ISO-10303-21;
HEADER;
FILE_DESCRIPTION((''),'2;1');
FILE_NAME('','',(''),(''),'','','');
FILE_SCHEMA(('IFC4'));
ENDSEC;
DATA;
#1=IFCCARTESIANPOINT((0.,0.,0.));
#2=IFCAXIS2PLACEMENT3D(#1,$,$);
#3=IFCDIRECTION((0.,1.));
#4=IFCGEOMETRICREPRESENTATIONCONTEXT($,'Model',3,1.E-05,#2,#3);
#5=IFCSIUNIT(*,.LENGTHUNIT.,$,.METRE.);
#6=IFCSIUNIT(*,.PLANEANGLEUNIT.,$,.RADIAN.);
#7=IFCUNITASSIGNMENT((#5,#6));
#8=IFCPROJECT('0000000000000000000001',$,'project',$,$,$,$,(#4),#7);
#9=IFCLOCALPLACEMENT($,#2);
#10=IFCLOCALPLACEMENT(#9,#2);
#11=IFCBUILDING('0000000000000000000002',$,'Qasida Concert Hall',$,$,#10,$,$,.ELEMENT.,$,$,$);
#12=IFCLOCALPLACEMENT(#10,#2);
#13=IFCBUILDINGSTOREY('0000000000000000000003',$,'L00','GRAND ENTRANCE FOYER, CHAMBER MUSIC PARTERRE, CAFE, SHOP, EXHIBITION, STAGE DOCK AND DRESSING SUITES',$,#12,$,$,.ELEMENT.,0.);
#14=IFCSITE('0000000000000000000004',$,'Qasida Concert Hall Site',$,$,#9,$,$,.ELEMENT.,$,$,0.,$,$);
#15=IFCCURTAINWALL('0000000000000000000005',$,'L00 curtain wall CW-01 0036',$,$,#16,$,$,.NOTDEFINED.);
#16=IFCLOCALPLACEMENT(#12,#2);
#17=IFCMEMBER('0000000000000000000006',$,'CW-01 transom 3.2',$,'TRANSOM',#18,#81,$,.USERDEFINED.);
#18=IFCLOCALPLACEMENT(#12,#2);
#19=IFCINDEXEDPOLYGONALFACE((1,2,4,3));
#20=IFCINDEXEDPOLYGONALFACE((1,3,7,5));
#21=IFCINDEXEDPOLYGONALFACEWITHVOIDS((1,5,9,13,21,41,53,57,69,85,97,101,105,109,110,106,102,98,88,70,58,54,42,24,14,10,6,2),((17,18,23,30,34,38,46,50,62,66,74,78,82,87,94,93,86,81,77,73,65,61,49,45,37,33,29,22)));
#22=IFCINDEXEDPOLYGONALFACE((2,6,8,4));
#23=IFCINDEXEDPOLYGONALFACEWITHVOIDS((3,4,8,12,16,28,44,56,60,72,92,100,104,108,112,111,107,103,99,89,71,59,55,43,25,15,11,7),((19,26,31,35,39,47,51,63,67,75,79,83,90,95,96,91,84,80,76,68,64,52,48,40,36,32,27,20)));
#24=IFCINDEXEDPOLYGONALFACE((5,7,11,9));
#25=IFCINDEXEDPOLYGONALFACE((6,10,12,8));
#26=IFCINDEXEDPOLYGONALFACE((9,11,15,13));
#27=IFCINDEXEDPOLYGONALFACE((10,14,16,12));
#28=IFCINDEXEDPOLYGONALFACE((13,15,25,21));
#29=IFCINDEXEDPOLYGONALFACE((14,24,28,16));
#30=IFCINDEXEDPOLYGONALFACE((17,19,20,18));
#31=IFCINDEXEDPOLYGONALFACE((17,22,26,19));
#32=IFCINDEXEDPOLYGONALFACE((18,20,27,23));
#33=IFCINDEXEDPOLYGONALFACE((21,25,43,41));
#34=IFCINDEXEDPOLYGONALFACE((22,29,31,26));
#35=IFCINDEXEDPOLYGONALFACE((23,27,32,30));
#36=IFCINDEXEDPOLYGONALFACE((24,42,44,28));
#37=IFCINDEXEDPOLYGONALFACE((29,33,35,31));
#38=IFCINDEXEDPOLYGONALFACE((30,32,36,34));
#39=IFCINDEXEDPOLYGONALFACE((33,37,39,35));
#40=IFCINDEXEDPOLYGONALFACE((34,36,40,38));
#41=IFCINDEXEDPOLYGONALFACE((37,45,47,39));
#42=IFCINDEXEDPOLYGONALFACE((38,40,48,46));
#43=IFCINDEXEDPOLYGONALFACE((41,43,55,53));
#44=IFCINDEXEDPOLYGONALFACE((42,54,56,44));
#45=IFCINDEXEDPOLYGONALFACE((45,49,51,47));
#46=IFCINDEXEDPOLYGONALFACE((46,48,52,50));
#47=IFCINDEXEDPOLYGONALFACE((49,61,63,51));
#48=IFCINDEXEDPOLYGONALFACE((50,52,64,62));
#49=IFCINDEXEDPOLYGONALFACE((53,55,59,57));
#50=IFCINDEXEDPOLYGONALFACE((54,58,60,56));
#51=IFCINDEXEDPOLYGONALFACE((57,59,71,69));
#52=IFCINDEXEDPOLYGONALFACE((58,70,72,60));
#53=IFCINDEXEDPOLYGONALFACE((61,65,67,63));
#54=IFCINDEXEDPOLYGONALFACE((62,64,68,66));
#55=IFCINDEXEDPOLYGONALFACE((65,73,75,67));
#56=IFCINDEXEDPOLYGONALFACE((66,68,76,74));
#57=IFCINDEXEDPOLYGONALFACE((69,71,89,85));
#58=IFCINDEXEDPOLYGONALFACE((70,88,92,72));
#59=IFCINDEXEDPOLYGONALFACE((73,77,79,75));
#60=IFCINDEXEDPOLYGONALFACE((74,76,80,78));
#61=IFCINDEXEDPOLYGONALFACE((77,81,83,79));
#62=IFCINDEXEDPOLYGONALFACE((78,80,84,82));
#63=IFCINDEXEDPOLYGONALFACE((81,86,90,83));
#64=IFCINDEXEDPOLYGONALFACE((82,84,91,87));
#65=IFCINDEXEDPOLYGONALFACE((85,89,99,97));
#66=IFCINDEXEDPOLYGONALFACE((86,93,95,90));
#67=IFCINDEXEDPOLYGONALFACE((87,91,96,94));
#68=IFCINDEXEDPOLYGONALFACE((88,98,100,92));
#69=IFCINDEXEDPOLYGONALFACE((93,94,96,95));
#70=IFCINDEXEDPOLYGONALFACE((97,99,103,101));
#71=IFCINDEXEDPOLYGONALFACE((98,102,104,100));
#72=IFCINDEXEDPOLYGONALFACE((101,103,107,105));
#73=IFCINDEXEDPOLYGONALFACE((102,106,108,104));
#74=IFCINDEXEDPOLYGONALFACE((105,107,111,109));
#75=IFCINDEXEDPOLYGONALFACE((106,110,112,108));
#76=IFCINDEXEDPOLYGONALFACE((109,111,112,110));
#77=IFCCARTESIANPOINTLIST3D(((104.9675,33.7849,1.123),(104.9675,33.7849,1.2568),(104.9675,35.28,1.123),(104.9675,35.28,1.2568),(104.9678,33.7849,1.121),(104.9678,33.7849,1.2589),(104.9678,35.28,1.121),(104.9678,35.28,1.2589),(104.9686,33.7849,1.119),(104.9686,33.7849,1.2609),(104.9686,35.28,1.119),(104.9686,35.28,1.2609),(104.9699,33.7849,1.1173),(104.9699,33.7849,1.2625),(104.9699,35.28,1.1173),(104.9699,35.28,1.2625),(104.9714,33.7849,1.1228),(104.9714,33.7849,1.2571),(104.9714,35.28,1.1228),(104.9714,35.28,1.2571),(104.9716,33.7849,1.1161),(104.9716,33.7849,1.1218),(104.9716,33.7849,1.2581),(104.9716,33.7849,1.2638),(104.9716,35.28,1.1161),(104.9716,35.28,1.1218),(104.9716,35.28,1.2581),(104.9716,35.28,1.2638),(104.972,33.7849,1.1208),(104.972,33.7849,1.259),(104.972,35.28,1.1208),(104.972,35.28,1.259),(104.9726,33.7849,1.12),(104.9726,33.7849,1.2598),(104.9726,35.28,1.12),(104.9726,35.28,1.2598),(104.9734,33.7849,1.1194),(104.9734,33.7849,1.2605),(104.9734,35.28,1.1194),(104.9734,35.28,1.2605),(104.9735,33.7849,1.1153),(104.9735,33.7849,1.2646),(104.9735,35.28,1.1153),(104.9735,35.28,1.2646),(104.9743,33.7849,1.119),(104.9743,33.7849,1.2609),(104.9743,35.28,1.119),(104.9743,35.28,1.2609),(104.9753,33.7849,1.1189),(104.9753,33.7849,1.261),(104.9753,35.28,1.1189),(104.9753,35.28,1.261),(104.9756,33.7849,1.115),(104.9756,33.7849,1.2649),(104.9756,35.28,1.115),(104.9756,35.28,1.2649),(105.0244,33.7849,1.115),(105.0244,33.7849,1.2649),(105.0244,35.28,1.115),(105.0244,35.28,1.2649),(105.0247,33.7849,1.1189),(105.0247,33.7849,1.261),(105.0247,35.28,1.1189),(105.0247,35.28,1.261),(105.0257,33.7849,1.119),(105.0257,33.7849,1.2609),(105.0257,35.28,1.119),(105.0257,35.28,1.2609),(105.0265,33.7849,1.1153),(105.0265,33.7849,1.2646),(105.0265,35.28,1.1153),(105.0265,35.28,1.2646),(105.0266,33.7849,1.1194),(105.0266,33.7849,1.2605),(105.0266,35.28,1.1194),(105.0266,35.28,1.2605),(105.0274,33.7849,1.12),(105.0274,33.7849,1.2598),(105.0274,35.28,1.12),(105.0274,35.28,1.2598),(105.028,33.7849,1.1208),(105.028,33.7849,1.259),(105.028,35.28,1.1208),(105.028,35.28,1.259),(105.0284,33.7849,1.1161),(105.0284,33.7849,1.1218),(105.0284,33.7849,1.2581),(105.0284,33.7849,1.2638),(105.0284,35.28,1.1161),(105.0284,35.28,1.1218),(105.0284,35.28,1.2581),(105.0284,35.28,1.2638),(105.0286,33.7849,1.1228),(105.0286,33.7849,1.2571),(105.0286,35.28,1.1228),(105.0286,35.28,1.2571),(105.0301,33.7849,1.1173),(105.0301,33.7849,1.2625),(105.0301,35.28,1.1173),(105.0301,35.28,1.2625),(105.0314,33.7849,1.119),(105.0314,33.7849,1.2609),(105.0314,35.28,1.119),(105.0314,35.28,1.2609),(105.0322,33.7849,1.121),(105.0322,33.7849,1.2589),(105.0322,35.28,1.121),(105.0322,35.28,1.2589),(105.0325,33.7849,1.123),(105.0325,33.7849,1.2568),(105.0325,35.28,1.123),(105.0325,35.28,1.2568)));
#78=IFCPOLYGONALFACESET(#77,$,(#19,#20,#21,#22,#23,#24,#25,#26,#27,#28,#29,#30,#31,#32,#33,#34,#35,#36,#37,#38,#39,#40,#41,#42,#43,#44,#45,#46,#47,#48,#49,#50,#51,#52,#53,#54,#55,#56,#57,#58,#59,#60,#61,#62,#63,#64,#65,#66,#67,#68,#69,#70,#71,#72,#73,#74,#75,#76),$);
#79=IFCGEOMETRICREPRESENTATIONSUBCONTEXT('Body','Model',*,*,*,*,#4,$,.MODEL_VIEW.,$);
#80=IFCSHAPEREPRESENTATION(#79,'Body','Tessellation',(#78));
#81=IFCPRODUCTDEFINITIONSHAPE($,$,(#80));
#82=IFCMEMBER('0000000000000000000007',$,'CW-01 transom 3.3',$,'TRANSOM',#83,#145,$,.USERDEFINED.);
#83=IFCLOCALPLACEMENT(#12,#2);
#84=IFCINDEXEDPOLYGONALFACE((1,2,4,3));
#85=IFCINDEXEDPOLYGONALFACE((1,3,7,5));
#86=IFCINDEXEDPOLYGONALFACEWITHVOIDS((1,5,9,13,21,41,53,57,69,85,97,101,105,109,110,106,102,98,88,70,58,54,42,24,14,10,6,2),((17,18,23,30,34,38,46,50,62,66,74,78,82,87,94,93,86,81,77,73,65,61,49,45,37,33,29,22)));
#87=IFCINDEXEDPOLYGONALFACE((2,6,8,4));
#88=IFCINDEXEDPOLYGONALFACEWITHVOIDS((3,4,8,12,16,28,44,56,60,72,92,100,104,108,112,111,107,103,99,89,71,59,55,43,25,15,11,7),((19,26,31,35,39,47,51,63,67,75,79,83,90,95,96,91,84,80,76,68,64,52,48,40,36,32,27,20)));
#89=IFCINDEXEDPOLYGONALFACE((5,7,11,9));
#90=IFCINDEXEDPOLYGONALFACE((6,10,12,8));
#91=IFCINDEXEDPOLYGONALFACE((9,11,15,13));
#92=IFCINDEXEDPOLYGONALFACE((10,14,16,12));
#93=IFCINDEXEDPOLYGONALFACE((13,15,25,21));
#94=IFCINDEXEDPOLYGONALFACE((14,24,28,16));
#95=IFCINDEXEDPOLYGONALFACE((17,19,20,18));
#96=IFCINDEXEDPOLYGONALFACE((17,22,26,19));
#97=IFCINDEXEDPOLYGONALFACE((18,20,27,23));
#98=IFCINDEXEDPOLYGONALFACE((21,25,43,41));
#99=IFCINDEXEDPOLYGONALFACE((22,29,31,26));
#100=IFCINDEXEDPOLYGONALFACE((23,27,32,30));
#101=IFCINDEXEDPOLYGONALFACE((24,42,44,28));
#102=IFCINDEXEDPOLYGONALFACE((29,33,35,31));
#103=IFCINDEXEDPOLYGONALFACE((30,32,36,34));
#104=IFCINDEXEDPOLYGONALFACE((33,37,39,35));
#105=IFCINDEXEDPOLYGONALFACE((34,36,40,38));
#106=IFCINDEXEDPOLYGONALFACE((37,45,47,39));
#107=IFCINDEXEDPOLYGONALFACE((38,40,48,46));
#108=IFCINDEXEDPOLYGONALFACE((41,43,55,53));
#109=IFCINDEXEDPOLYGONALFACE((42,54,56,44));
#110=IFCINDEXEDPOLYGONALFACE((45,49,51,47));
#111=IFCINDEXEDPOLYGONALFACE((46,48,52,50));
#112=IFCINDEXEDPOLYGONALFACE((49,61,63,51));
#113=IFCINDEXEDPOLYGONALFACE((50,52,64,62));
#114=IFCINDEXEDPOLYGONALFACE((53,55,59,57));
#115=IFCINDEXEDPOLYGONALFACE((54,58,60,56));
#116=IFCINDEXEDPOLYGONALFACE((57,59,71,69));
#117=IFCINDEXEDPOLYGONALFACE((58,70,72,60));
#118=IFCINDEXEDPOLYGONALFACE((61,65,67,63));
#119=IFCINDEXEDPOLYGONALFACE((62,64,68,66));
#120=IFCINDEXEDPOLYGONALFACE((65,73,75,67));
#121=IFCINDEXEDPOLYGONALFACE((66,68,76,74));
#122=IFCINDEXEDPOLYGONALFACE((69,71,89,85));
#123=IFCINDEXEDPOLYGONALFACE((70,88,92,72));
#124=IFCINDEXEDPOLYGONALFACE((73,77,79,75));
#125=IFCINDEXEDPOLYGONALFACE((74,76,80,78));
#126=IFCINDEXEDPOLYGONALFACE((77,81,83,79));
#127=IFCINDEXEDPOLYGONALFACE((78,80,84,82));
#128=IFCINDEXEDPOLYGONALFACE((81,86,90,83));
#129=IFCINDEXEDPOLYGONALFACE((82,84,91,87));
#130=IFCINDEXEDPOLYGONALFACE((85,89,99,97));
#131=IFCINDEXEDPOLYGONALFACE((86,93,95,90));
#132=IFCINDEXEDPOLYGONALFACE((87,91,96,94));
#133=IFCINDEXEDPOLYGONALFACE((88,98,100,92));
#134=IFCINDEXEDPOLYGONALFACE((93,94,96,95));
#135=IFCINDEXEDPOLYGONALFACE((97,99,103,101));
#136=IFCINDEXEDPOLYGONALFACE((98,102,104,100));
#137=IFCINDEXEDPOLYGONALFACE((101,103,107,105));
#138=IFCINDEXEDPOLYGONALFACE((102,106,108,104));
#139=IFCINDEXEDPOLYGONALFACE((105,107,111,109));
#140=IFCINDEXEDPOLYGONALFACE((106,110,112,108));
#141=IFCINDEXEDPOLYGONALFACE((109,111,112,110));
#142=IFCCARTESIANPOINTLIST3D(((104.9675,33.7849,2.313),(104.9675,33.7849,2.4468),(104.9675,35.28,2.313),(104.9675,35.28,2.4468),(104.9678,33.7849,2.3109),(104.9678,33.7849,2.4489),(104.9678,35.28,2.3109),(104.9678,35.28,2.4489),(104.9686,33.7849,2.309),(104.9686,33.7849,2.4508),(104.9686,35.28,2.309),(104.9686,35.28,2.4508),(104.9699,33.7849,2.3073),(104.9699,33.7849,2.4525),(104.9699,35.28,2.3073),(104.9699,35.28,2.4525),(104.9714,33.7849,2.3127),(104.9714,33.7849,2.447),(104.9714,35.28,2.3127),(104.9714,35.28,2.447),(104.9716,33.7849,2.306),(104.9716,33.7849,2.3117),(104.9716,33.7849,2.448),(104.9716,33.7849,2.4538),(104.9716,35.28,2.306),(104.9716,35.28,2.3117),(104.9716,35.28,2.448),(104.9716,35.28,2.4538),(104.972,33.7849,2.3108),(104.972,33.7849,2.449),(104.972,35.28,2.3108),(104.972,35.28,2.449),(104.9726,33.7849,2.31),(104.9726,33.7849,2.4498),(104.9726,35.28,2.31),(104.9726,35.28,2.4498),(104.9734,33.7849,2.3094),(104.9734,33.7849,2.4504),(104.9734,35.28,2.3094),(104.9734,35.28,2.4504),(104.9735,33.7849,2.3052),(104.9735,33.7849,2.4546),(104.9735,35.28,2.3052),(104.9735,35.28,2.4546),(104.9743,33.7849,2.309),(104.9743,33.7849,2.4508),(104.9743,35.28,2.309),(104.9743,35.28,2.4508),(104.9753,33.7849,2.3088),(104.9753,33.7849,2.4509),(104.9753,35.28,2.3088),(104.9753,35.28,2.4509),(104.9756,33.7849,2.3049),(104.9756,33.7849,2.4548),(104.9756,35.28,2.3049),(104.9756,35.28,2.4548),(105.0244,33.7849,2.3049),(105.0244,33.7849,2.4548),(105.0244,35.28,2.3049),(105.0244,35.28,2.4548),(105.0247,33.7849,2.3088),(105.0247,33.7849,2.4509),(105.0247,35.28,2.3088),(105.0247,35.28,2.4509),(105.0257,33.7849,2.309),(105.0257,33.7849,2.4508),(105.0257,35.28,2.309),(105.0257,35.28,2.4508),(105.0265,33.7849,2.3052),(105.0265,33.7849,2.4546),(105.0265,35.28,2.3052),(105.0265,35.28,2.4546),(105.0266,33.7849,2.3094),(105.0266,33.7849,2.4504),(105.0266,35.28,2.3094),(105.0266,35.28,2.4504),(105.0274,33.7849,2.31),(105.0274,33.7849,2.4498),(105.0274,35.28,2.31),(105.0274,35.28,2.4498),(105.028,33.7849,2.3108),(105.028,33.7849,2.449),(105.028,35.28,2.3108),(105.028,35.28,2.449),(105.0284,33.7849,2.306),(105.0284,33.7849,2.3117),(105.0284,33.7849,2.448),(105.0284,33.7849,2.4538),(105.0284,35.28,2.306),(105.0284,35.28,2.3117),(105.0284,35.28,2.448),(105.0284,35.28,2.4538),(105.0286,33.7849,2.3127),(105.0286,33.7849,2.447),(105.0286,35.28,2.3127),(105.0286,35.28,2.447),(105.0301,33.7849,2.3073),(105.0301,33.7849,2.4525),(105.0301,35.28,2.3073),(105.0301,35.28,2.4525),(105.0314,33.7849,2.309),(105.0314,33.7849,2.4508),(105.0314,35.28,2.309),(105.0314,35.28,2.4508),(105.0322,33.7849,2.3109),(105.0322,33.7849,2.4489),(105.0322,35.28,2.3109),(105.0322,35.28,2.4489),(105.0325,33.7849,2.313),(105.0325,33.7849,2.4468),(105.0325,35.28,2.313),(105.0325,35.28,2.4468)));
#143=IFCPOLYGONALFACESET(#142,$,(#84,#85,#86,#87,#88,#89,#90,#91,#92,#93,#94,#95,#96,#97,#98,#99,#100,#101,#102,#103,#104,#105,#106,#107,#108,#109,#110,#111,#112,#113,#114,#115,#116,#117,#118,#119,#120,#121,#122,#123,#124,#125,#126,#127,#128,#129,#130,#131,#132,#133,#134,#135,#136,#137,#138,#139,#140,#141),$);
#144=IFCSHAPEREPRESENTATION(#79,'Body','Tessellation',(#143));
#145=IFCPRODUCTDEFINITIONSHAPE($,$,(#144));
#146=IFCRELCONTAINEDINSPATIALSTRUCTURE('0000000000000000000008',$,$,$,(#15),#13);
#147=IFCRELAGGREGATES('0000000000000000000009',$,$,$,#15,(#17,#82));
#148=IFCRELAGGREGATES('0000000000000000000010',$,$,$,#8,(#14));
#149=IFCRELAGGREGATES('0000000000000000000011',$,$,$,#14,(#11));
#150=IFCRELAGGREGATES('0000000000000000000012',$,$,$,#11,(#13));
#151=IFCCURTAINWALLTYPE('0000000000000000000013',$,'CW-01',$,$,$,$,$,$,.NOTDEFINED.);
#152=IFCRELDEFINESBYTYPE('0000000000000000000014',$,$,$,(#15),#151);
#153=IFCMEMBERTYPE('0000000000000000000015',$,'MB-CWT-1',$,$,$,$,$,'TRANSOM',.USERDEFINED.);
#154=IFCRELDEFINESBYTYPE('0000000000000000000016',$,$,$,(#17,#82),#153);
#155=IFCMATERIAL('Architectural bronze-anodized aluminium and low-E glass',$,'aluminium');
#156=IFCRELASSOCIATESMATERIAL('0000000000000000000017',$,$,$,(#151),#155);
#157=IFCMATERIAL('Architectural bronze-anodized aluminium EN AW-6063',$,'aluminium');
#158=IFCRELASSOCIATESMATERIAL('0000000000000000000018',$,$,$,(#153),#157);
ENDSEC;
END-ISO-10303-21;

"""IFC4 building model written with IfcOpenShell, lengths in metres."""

from ifc_helpers import new_model, si_unit, direction, frame, origin, origin_2d, place, context, subcontext, project, spatial, hollow_rectangle, extrude, material, material_profile, profile_set, type_object, element, aggregate, save


model = new_model("IFC4")

# Units and contexts
model_context = context("Model", 3, precision=1e-05, world=origin(), true_north=direction((0.0, 1.0)))
body_context = subcontext(model_context, "Body", "Model", "MODEL_VIEW")
ifc_project = project(units=[si_unit("LENGTHUNIT", "METRE"), si_unit("PLANEANGLEUNIT", "RADIAN")], contexts=[model_context])

# Site, building, storey
site_placement = place(None, origin())
site = spatial("IfcSite", under=ifc_project, at=site_placement, Name="Qasida Concert Hall Site", CompositionType="ELEMENT", RefElevation=0.0)
building_placement = place(site_placement, origin())
building = spatial("IfcBuilding", under=site, at=building_placement, Name="Qasida Concert Hall", CompositionType="ELEMENT")
storey_placement = place(building_placement, origin())
storey = spatial("IfcBuildingStorey", under=building, at=storey_placement, Name="L00", Description="GRAND ENTRANCE FOYER, CHAMBER MUSIC PARTERRE, CAFE, SHOP, EXHIBITION, STAGE DOCK AND DRESSING SUITES", CompositionType="ELEMENT", Elevation=0.0)

# Curtain wall
ifc_material_1 = material(Name="Architectural bronze-anodized aluminium and low-E glass", Category="aluminium")
curtain_wall_type_1 = type_object("IfcCurtainWallType", Name="CW-01", PredefinedType="NOTDEFINED", material=ifc_material_1)
curtain_wall_1_placement = place(storey_placement, origin())
curtain_wall_1 = element("IfcCurtainWall", 1, at=curtain_wall_1_placement, inside=storey, type_object=curtain_wall_type_1, Name="L00 curtain wall CW-01 0036", PredefinedType="NOTDEFINED")
ifc_material_2 = material(Name="Architectural bronze-anodized aluminium EN AW-6063", Category="aluminium")

# Members
ifc_material_profile_1 = material_profile(ifc_material_2, hollow_rectangle(XDim=0.0649, YDim=0.1499, WallThickness=0.0039, InnerFilletRadius=0.0039, OuterFilletRadius=0.0081, at=origin_2d()), Name="CWT 150x65x4")
ifc_profile_set_1 = profile_set([ifc_material_profile_1], Name="Architectural bronze-anodized aluminium EN AW-6063")
member_type_1 = type_object("IfcMemberType", Name="MB-CWT-1", ElementType="TRANSOM", PredefinedType="USERDEFINED", material=ifc_profile_set_1)
member_1_placement = place(storey_placement, frame((105.0, 33.7849, 1.1899), z_axis=(0.0, 1.0, 0.0), x_axis=(-1.0, 0.0, 0.0)))
member_1 = element("IfcMember", 2, at=member_1_placement, type_object=member_type_1, Name="CW-01 transom 3.2", ObjectType="TRANSOM", PredefinedType="USERDEFINED", context=body_context, shape_type="SweptSolid", body=[
    extrude(hollow_rectangle(XDim=0.0649, YDim=0.1499, WallThickness=0.0039, InnerFilletRadius=0.0039, OuterFilletRadius=0.0081, at=origin_2d()), origin(), (0.0, 0.0, 1.0), 1.4951),
])
member_2_placement = place(storey_placement, frame((105.0, 33.7849, 2.3799), z_axis=(0.0, 1.0, 0.0), x_axis=(-1.0, 0.0, 0.0)))
member_2 = element("IfcMember", 3, at=member_2_placement, type_object=member_type_1, Name="CW-01 transom 3.3", ObjectType="TRANSOM", PredefinedType="USERDEFINED", context=body_context, shape_type="SweptSolid", body=[
    extrude(hollow_rectangle(XDim=0.0649, YDim=0.1499, WallThickness=0.0039, InnerFilletRadius=0.0039, OuterFilletRadius=0.0081, at=origin_2d()), origin(), (0.0, 0.0, 1.0), 1.4951),
])

aggregate(curtain_wall_1, [member_1, member_2])

save(model, "model.ifc")
